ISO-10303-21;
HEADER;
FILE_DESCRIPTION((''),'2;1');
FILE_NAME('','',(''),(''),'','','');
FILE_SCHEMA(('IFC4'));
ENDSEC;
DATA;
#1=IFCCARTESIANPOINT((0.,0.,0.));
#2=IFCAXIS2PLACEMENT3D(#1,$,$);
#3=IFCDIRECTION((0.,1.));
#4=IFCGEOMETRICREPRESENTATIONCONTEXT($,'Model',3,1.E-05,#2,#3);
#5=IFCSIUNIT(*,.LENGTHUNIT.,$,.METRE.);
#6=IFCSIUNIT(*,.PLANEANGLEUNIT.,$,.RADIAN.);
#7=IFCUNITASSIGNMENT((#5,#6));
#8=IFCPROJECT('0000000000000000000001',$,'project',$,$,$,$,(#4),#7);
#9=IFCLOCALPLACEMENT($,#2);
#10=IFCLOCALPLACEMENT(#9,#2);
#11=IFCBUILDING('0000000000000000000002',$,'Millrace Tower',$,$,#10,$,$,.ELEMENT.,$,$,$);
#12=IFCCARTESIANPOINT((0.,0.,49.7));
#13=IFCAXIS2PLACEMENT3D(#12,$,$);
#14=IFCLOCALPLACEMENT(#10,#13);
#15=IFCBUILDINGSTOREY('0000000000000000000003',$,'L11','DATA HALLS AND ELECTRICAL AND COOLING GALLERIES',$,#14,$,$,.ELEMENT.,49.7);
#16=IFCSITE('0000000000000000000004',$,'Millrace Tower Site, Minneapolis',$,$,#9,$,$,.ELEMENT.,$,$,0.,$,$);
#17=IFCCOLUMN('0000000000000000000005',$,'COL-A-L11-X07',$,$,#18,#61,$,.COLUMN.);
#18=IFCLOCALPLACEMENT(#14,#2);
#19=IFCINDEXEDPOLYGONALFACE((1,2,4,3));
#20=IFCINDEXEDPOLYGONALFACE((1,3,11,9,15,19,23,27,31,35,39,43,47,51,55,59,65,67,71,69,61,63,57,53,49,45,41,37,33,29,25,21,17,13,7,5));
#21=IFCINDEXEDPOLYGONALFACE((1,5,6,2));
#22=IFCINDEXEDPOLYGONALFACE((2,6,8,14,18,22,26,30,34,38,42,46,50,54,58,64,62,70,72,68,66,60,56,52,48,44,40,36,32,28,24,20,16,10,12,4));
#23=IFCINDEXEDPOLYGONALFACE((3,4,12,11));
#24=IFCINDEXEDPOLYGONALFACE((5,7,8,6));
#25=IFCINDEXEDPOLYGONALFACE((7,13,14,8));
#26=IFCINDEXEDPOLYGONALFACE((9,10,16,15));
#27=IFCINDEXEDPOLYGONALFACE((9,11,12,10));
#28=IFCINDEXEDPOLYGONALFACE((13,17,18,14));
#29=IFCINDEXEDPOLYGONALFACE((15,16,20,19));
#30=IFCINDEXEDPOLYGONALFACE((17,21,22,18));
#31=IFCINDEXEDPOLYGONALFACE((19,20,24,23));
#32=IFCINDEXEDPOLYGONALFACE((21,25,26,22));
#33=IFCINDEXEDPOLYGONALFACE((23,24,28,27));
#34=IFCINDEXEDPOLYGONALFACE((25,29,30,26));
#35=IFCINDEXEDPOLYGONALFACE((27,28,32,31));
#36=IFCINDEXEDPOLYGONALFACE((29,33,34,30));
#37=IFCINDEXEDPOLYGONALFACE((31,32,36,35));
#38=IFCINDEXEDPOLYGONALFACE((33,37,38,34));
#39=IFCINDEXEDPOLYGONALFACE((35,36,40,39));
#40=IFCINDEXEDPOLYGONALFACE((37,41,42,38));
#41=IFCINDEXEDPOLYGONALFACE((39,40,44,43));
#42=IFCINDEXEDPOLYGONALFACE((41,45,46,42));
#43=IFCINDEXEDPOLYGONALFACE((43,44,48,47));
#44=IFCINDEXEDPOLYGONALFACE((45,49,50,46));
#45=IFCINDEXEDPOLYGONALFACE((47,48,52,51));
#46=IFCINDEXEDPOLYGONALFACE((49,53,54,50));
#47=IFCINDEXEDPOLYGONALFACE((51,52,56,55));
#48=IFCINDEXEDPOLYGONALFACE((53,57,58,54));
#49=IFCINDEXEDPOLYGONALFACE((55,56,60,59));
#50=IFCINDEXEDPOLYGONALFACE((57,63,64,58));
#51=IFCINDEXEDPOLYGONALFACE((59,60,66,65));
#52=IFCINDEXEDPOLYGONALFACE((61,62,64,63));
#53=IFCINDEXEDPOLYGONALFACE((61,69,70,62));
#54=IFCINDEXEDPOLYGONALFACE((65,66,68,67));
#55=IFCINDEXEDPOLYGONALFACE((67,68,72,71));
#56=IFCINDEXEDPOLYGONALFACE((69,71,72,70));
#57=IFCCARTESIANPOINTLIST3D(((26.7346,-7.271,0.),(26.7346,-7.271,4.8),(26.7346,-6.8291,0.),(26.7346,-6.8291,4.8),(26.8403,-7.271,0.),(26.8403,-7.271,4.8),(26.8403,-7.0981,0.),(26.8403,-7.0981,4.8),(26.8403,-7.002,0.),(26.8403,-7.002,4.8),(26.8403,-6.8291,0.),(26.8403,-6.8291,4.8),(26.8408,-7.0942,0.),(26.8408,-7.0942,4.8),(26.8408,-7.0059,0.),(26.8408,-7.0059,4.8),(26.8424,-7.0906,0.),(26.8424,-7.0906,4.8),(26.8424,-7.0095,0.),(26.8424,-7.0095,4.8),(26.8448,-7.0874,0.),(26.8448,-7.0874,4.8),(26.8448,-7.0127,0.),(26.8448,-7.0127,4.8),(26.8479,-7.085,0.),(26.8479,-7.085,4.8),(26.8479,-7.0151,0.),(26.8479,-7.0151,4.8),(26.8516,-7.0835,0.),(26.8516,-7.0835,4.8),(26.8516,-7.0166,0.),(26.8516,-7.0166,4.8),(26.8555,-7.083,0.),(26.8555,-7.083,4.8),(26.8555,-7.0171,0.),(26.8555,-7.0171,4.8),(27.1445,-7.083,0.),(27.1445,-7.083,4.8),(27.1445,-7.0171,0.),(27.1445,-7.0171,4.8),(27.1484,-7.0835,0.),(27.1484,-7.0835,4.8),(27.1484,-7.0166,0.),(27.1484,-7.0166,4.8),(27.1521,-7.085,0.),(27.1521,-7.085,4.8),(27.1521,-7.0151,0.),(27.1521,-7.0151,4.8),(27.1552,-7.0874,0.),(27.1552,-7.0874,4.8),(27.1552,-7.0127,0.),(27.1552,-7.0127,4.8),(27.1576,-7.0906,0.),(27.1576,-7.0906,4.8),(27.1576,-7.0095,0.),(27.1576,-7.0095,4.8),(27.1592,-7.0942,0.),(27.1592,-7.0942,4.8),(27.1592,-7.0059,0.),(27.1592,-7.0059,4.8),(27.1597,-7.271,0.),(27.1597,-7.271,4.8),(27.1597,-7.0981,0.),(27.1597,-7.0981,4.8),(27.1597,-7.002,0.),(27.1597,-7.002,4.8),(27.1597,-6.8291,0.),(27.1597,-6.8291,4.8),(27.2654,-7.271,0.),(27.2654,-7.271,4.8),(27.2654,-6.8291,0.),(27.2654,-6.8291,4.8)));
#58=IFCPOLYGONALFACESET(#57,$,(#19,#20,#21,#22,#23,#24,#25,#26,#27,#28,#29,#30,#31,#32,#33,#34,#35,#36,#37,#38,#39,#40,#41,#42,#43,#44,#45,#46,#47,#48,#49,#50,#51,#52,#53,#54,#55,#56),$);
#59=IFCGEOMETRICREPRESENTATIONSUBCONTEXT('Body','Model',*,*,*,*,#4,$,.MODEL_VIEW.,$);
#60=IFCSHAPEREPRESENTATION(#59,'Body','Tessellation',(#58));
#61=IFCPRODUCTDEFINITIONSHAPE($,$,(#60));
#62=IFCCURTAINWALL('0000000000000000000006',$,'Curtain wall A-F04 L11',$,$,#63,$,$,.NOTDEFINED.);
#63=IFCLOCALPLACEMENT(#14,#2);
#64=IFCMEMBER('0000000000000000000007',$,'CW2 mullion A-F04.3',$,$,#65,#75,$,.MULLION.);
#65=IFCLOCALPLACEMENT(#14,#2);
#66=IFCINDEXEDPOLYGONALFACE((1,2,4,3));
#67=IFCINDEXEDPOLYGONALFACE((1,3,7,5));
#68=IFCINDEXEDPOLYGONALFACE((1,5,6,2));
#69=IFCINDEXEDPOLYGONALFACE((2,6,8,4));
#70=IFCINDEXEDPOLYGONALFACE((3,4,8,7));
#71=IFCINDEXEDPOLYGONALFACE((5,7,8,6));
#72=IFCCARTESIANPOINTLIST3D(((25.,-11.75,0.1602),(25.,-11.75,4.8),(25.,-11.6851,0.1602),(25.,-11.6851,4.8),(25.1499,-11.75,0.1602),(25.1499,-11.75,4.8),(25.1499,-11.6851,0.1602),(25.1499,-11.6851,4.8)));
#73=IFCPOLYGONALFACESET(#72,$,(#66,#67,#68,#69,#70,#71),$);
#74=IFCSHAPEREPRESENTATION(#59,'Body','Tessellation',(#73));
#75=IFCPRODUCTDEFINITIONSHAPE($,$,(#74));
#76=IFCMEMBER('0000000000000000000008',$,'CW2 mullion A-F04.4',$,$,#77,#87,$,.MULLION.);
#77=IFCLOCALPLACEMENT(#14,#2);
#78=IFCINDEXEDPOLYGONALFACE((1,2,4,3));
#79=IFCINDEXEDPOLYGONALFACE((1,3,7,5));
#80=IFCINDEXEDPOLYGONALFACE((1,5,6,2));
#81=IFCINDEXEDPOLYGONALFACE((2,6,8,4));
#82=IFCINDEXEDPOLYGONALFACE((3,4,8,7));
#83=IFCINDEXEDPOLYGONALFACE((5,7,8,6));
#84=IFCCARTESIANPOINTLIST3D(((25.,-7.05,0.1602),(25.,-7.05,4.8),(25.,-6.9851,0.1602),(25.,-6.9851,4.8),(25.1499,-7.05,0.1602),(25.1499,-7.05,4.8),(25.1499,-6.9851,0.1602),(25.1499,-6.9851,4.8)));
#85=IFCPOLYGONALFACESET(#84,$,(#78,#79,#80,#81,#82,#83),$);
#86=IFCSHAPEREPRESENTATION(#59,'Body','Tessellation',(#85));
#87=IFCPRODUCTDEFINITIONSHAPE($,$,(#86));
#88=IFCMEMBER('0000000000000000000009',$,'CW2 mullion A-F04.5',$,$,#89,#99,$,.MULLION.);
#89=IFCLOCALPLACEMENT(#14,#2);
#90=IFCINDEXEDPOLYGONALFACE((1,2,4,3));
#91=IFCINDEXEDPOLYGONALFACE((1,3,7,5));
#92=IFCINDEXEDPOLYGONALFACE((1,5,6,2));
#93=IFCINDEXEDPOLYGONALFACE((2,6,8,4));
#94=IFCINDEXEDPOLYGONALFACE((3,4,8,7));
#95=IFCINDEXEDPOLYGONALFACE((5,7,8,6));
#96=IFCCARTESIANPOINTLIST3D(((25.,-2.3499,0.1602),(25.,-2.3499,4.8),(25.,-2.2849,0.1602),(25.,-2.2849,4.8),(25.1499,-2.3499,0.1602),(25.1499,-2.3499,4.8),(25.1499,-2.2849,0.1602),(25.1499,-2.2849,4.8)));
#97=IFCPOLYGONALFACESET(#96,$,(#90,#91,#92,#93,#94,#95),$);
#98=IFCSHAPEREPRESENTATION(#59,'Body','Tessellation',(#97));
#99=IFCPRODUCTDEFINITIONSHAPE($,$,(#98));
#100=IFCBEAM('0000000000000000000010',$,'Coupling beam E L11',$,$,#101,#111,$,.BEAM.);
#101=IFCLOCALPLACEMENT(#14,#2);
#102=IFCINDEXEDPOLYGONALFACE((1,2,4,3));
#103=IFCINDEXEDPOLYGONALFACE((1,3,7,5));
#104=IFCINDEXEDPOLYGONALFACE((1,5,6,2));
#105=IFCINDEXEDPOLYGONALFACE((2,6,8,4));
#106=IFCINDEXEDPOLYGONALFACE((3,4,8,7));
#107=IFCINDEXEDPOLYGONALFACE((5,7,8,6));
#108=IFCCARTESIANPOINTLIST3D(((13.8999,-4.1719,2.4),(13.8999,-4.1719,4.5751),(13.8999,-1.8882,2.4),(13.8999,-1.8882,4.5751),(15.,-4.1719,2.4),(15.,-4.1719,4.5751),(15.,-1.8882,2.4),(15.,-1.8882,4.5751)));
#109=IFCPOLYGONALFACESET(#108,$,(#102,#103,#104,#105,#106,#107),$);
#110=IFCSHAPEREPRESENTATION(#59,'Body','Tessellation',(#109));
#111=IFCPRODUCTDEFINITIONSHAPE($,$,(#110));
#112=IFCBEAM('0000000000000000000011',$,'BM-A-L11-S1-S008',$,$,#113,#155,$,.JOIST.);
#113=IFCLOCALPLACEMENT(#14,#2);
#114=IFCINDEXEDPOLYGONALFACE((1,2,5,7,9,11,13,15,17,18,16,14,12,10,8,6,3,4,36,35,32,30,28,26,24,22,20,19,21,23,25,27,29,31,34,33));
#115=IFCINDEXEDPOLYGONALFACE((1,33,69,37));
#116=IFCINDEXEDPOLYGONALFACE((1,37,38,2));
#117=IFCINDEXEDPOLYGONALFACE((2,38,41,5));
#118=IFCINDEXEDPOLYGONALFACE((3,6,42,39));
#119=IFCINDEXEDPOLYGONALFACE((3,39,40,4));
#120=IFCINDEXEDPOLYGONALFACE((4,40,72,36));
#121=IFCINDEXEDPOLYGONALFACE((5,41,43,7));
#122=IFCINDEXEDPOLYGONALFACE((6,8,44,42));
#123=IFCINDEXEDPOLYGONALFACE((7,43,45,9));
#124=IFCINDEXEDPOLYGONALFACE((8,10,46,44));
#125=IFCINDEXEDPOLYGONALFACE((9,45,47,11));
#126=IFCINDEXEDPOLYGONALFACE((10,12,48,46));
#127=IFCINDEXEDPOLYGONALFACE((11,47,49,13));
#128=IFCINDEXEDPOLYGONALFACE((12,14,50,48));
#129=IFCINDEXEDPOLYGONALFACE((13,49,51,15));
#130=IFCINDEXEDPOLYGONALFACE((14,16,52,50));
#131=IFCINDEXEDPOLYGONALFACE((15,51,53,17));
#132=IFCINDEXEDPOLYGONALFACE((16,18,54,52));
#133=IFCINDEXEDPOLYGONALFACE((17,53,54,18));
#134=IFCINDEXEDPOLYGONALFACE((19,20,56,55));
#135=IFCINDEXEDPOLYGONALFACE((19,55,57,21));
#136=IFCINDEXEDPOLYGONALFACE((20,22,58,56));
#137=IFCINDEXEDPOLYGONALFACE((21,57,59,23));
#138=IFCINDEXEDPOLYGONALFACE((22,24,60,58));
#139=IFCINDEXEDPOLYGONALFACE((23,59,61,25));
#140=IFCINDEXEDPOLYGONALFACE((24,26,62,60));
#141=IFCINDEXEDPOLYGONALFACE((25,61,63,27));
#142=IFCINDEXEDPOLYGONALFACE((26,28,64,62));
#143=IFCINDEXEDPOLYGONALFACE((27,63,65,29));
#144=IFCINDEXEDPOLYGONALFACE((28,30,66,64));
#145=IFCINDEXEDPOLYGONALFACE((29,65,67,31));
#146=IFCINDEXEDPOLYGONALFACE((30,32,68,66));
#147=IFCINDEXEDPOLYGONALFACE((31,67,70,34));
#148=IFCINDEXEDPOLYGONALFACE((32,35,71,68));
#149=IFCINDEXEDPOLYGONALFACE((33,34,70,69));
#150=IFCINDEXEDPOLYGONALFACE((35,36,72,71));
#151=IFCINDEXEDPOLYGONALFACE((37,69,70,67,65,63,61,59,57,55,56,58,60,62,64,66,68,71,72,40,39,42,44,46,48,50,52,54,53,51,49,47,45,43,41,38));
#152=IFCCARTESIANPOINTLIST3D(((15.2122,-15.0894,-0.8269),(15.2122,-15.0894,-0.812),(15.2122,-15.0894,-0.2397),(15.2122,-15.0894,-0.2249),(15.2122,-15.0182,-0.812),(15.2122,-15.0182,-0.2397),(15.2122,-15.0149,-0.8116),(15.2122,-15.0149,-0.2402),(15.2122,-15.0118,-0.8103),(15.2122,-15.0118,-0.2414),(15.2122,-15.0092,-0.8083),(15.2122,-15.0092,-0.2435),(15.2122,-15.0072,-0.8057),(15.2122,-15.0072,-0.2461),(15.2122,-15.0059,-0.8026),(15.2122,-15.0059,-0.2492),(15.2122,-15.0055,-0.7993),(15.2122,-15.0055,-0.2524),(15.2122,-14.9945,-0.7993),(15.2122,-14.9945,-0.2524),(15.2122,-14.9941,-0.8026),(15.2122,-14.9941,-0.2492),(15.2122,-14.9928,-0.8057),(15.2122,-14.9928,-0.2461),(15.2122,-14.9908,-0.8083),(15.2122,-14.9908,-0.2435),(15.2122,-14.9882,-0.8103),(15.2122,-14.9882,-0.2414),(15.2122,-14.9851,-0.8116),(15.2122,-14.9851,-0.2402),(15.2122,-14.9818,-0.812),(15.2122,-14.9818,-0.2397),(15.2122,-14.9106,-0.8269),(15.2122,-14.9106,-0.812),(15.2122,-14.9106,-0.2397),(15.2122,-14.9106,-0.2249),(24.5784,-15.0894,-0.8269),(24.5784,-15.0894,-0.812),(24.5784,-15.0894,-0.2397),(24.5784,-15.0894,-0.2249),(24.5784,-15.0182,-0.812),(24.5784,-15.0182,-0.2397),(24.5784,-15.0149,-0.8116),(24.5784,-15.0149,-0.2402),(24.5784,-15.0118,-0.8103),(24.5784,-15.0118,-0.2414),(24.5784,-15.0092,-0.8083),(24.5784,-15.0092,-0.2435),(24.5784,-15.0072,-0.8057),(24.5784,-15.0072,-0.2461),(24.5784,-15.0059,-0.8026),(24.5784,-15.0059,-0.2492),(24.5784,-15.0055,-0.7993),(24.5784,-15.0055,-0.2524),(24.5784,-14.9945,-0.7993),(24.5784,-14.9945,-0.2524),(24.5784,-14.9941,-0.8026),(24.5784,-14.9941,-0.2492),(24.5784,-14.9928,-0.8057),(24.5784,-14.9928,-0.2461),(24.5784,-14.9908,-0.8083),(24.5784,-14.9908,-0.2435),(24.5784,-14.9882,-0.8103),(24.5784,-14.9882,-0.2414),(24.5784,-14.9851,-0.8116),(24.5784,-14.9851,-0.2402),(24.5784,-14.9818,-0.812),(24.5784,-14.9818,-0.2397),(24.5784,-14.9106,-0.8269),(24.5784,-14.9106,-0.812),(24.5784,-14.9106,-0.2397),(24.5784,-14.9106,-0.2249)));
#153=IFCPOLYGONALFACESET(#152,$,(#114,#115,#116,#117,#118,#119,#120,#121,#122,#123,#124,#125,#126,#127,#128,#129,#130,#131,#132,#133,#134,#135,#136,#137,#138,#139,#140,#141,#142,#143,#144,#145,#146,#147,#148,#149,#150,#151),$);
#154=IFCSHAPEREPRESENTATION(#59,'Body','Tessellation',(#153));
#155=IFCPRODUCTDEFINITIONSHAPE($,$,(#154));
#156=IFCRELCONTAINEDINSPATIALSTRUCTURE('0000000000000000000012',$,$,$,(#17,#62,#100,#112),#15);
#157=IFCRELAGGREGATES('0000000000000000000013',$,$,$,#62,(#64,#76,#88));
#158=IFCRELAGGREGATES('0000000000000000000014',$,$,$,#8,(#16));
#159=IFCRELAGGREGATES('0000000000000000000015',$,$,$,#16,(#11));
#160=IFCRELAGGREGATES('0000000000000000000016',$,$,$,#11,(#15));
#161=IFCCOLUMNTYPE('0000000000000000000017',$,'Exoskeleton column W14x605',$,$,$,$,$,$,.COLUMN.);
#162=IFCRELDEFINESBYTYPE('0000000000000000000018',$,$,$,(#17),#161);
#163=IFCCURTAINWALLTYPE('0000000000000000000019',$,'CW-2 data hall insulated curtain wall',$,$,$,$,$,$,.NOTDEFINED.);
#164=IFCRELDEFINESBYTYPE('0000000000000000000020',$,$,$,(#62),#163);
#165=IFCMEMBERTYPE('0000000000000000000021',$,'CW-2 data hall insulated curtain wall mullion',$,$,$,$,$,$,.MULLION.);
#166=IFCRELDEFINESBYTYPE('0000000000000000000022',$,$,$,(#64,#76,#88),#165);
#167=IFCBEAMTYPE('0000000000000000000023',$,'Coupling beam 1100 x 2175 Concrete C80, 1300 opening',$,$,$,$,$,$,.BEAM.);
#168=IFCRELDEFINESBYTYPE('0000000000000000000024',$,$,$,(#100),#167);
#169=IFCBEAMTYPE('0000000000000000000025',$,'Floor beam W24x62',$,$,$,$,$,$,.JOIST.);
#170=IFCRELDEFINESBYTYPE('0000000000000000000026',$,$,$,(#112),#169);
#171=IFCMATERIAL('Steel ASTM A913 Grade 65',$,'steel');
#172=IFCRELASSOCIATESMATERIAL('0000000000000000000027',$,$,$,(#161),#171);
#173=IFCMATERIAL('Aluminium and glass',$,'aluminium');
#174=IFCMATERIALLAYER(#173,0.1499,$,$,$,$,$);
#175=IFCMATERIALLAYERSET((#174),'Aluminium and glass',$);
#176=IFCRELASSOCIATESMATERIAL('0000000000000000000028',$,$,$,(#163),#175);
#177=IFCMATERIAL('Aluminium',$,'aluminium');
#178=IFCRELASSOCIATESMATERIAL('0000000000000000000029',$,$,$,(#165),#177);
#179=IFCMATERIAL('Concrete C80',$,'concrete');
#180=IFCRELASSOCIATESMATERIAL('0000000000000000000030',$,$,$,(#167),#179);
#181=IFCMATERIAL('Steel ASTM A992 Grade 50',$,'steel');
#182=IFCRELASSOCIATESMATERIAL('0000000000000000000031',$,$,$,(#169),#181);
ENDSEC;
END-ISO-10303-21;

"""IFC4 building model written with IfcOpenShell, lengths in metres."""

from ifc_helpers import new_model, si_unit, direction, frame, origin, origin_2d, place, context, subcontext, project, spatial, rectangle, i_section, extrude, material, layer, layer_set, material_profile, profile_set, type_object, element, aggregate, save


model = new_model("IFC4")

# Units and contexts
model_context = context("Model", 3, precision=1e-05, world=origin(), true_north=direction((0.0, 1.0)))
body_context = subcontext(model_context, "Body", "Model", "MODEL_VIEW")
ifc_project = project(units=[si_unit("LENGTHUNIT", "METRE"), si_unit("PLANEANGLEUNIT", "RADIAN")], contexts=[model_context])

# Site, building, storey
site_placement = place(None, origin())
site = spatial("IfcSite", under=ifc_project, at=site_placement, Name="Millrace Tower Site, Minneapolis", CompositionType="ELEMENT", RefElevation=0.0)
building_placement = place(site_placement, origin())
building = spatial("IfcBuilding", under=site, at=building_placement, Name="Millrace Tower", CompositionType="ELEMENT")
storey_placement = place(building_placement, frame((0.0, 0.0, 49.7)))
storey = spatial("IfcBuildingStorey", under=building, at=storey_placement, Name="L11", Description="DATA HALLS AND ELECTRICAL AND COOLING GALLERIES", CompositionType="ELEMENT", Elevation=49.7)

# Column
ifc_material_1 = material(Name="Steel ASTM A913 Grade 65", Category="steel")
ifc_material_profile_1 = material_profile(ifc_material_1, i_section(OverallWidth=0.4419, OverallDepth=0.5308, WebThickness=0.0659, FlangeThickness=0.1057, FilletRadius=0.0151, at=origin_2d()))
ifc_profile_set_1 = profile_set([ifc_material_profile_1], Name="Steel ASTM A913 Grade 65")
column_type = type_object("IfcColumnType", Name="Exoskeleton column W14x605", PredefinedType="COLUMN", material=ifc_profile_set_1)
column_placement = place(storey_placement, frame((27.0, -7.05, 0.0), z_axis=(0.0, 0.0, 1.0), x_axis=(0.0, 1.0, 0.0)))
element("IfcColumn", 1, at=column_placement, inside=storey, type_object=column_type, Name="COL-A-L11-X07", PredefinedType="COLUMN", context=body_context, shape_type="SweptSolid", body=[
    extrude(i_section(OverallWidth=0.4419, OverallDepth=0.5308, WebThickness=0.0659, FlangeThickness=0.1057, FilletRadius=0.0151, at=origin_2d()), origin(), (0.0, 0.0, 1.0), 4.8),
])

# Curtain wall, members
ifc_material_2 = material(Name="Aluminium and glass", Category="aluminium")
ifc_layer_1 = layer(ifc_material_2, 0.1499)
ifc_layer_set_1 = layer_set([ifc_layer_1], Name="Aluminium and glass")
curtain_wall_type = type_object("IfcCurtainWallType", Name="CW-2 data hall insulated curtain wall", PredefinedType="NOTDEFINED", material=ifc_layer_set_1)
placement = place(storey_placement, origin())
curtain_wall = element("IfcCurtainWall", 2, at=placement, inside=storey, type_object=curtain_wall_type, Name="Curtain wall A-F04 L11", PredefinedType="NOTDEFINED")
ifc_material_3 = material(Name="Aluminium", Category="aluminium")
ifc_material_profile_2 = material_profile(ifc_material_3, rectangle(XDim=0.0649, YDim=0.1499, at=origin_2d()))
ifc_profile_set_2 = profile_set([ifc_material_profile_2], Name="Aluminium")
member_type = type_object("IfcMemberType", Name="CW-2 data hall insulated curtain wall mullion", PredefinedType="MULLION", material=ifc_profile_set_2)
member_1_placement = place(storey_placement, frame((25.075, -11.7175, 0.1602), z_axis=(0.0, 0.0, 1.0), x_axis=(0.0, 1.0, 0.0)))
member_1 = element("IfcMember", 3, at=member_1_placement, type_object=member_type, Name="CW2 mullion A-F04.3", PredefinedType="MULLION", context=body_context, shape_type="SweptSolid", body=[
    extrude(rectangle(XDim=0.0649, YDim=0.1499, at=origin_2d()), origin(), (0.0, 0.0, 1.0), 4.6399),
])
member_2_placement = place(storey_placement, frame((25.075, -7.0176, 0.1602), z_axis=(0.0, 0.0, 1.0), x_axis=(0.0, 1.0, 0.0)))
member_2 = element("IfcMember", 4, at=member_2_placement, type_object=member_type, Name="CW2 mullion A-F04.4", PredefinedType="MULLION", context=body_context, shape_type="SweptSolid", body=[
    extrude(rectangle(XDim=0.0649, YDim=0.1499, at=origin_2d()), origin(), (0.0, 0.0, 1.0), 4.6399),
])
member_3_placement = place(storey_placement, frame((25.075, -2.3174, 0.1602), z_axis=(0.0, 0.0, 1.0), x_axis=(0.0, 1.0, 0.0)))
member_3 = element("IfcMember", 5, at=member_3_placement, type_object=member_type, Name="CW2 mullion A-F04.5", PredefinedType="MULLION", context=body_context, shape_type="SweptSolid", body=[
    extrude(rectangle(XDim=0.0649, YDim=0.1499, at=origin_2d()), origin(), (0.0, 0.0, 1.0), 4.6399),
])
aggregate(curtain_wall, [member_1, member_2, member_3])

# Beams
ifc_material_4 = material(Name="Concrete C80", Category="concrete")
ifc_material_profile_3 = material_profile(ifc_material_4, rectangle(XDim=1.1001, YDim=2.175, at=origin_2d()))
ifc_profile_set_3 = profile_set([ifc_material_profile_3], Name="Concrete C80")
beam_type_1 = type_object("IfcBeamType", Name="Coupling beam 1100 x 2175 Concrete C80, 1300 opening", PredefinedType="BEAM", material=ifc_profile_set_3)
beam_1_placement = place(storey_placement, frame((14.45, -1.8882, 3.4875), z_axis=(0.0, -1.0, 0.0), x_axis=(1.0, 0.0, 0.0)))
element("IfcBeam", 6, at=beam_1_placement, inside=storey, type_object=beam_type_1, Name="Coupling beam E L11", PredefinedType="BEAM", context=body_context, shape_type="SweptSolid", body=[
    extrude(rectangle(XDim=1.1001, YDim=2.175, at=origin_2d()), origin(), (0.0, 0.0, 1.0), 2.2837),
])
ifc_material_5 = material(Name="Steel ASTM A992 Grade 50", Category="steel")
ifc_material_profile_4 = material_profile(ifc_material_5, i_section(OverallWidth=0.1787, OverallDepth=0.6021, WebThickness=0.011, FlangeThickness=0.0149, FilletRadius=0.0127, at=origin_2d()))
ifc_profile_set_4 = profile_set([ifc_material_profile_4], Name="Steel ASTM A992 Grade 50")
beam_type_2 = type_object("IfcBeamType", Name="Floor beam W24x62", PredefinedType="JOIST", material=ifc_profile_set_4)
for number, where, z_axis, x_axis, name in (
    (7, (15.2122, -15.0, -0.5259), (1.0, 0.0, 0.0), (0.0, 1.0, 0.0), "BM-A-L11-S1-S008"),
):
    element("IfcBeam", number, at=place(storey_placement, frame(where, z_axis=z_axis, x_axis=x_axis)), inside=storey, type_object=beam_type_2, Name=name, PredefinedType="JOIST", context=body_context, shape_type="SweptSolid", body=[
        extrude(i_section(OverallWidth=0.1787, OverallDepth=0.6021, WebThickness=0.011, FlangeThickness=0.0149, FilletRadius=0.0127, at=origin_2d()), origin(), (0.0, 0.0, 1.0), 9.3662),
    ])

save(model, "model.ifc")
